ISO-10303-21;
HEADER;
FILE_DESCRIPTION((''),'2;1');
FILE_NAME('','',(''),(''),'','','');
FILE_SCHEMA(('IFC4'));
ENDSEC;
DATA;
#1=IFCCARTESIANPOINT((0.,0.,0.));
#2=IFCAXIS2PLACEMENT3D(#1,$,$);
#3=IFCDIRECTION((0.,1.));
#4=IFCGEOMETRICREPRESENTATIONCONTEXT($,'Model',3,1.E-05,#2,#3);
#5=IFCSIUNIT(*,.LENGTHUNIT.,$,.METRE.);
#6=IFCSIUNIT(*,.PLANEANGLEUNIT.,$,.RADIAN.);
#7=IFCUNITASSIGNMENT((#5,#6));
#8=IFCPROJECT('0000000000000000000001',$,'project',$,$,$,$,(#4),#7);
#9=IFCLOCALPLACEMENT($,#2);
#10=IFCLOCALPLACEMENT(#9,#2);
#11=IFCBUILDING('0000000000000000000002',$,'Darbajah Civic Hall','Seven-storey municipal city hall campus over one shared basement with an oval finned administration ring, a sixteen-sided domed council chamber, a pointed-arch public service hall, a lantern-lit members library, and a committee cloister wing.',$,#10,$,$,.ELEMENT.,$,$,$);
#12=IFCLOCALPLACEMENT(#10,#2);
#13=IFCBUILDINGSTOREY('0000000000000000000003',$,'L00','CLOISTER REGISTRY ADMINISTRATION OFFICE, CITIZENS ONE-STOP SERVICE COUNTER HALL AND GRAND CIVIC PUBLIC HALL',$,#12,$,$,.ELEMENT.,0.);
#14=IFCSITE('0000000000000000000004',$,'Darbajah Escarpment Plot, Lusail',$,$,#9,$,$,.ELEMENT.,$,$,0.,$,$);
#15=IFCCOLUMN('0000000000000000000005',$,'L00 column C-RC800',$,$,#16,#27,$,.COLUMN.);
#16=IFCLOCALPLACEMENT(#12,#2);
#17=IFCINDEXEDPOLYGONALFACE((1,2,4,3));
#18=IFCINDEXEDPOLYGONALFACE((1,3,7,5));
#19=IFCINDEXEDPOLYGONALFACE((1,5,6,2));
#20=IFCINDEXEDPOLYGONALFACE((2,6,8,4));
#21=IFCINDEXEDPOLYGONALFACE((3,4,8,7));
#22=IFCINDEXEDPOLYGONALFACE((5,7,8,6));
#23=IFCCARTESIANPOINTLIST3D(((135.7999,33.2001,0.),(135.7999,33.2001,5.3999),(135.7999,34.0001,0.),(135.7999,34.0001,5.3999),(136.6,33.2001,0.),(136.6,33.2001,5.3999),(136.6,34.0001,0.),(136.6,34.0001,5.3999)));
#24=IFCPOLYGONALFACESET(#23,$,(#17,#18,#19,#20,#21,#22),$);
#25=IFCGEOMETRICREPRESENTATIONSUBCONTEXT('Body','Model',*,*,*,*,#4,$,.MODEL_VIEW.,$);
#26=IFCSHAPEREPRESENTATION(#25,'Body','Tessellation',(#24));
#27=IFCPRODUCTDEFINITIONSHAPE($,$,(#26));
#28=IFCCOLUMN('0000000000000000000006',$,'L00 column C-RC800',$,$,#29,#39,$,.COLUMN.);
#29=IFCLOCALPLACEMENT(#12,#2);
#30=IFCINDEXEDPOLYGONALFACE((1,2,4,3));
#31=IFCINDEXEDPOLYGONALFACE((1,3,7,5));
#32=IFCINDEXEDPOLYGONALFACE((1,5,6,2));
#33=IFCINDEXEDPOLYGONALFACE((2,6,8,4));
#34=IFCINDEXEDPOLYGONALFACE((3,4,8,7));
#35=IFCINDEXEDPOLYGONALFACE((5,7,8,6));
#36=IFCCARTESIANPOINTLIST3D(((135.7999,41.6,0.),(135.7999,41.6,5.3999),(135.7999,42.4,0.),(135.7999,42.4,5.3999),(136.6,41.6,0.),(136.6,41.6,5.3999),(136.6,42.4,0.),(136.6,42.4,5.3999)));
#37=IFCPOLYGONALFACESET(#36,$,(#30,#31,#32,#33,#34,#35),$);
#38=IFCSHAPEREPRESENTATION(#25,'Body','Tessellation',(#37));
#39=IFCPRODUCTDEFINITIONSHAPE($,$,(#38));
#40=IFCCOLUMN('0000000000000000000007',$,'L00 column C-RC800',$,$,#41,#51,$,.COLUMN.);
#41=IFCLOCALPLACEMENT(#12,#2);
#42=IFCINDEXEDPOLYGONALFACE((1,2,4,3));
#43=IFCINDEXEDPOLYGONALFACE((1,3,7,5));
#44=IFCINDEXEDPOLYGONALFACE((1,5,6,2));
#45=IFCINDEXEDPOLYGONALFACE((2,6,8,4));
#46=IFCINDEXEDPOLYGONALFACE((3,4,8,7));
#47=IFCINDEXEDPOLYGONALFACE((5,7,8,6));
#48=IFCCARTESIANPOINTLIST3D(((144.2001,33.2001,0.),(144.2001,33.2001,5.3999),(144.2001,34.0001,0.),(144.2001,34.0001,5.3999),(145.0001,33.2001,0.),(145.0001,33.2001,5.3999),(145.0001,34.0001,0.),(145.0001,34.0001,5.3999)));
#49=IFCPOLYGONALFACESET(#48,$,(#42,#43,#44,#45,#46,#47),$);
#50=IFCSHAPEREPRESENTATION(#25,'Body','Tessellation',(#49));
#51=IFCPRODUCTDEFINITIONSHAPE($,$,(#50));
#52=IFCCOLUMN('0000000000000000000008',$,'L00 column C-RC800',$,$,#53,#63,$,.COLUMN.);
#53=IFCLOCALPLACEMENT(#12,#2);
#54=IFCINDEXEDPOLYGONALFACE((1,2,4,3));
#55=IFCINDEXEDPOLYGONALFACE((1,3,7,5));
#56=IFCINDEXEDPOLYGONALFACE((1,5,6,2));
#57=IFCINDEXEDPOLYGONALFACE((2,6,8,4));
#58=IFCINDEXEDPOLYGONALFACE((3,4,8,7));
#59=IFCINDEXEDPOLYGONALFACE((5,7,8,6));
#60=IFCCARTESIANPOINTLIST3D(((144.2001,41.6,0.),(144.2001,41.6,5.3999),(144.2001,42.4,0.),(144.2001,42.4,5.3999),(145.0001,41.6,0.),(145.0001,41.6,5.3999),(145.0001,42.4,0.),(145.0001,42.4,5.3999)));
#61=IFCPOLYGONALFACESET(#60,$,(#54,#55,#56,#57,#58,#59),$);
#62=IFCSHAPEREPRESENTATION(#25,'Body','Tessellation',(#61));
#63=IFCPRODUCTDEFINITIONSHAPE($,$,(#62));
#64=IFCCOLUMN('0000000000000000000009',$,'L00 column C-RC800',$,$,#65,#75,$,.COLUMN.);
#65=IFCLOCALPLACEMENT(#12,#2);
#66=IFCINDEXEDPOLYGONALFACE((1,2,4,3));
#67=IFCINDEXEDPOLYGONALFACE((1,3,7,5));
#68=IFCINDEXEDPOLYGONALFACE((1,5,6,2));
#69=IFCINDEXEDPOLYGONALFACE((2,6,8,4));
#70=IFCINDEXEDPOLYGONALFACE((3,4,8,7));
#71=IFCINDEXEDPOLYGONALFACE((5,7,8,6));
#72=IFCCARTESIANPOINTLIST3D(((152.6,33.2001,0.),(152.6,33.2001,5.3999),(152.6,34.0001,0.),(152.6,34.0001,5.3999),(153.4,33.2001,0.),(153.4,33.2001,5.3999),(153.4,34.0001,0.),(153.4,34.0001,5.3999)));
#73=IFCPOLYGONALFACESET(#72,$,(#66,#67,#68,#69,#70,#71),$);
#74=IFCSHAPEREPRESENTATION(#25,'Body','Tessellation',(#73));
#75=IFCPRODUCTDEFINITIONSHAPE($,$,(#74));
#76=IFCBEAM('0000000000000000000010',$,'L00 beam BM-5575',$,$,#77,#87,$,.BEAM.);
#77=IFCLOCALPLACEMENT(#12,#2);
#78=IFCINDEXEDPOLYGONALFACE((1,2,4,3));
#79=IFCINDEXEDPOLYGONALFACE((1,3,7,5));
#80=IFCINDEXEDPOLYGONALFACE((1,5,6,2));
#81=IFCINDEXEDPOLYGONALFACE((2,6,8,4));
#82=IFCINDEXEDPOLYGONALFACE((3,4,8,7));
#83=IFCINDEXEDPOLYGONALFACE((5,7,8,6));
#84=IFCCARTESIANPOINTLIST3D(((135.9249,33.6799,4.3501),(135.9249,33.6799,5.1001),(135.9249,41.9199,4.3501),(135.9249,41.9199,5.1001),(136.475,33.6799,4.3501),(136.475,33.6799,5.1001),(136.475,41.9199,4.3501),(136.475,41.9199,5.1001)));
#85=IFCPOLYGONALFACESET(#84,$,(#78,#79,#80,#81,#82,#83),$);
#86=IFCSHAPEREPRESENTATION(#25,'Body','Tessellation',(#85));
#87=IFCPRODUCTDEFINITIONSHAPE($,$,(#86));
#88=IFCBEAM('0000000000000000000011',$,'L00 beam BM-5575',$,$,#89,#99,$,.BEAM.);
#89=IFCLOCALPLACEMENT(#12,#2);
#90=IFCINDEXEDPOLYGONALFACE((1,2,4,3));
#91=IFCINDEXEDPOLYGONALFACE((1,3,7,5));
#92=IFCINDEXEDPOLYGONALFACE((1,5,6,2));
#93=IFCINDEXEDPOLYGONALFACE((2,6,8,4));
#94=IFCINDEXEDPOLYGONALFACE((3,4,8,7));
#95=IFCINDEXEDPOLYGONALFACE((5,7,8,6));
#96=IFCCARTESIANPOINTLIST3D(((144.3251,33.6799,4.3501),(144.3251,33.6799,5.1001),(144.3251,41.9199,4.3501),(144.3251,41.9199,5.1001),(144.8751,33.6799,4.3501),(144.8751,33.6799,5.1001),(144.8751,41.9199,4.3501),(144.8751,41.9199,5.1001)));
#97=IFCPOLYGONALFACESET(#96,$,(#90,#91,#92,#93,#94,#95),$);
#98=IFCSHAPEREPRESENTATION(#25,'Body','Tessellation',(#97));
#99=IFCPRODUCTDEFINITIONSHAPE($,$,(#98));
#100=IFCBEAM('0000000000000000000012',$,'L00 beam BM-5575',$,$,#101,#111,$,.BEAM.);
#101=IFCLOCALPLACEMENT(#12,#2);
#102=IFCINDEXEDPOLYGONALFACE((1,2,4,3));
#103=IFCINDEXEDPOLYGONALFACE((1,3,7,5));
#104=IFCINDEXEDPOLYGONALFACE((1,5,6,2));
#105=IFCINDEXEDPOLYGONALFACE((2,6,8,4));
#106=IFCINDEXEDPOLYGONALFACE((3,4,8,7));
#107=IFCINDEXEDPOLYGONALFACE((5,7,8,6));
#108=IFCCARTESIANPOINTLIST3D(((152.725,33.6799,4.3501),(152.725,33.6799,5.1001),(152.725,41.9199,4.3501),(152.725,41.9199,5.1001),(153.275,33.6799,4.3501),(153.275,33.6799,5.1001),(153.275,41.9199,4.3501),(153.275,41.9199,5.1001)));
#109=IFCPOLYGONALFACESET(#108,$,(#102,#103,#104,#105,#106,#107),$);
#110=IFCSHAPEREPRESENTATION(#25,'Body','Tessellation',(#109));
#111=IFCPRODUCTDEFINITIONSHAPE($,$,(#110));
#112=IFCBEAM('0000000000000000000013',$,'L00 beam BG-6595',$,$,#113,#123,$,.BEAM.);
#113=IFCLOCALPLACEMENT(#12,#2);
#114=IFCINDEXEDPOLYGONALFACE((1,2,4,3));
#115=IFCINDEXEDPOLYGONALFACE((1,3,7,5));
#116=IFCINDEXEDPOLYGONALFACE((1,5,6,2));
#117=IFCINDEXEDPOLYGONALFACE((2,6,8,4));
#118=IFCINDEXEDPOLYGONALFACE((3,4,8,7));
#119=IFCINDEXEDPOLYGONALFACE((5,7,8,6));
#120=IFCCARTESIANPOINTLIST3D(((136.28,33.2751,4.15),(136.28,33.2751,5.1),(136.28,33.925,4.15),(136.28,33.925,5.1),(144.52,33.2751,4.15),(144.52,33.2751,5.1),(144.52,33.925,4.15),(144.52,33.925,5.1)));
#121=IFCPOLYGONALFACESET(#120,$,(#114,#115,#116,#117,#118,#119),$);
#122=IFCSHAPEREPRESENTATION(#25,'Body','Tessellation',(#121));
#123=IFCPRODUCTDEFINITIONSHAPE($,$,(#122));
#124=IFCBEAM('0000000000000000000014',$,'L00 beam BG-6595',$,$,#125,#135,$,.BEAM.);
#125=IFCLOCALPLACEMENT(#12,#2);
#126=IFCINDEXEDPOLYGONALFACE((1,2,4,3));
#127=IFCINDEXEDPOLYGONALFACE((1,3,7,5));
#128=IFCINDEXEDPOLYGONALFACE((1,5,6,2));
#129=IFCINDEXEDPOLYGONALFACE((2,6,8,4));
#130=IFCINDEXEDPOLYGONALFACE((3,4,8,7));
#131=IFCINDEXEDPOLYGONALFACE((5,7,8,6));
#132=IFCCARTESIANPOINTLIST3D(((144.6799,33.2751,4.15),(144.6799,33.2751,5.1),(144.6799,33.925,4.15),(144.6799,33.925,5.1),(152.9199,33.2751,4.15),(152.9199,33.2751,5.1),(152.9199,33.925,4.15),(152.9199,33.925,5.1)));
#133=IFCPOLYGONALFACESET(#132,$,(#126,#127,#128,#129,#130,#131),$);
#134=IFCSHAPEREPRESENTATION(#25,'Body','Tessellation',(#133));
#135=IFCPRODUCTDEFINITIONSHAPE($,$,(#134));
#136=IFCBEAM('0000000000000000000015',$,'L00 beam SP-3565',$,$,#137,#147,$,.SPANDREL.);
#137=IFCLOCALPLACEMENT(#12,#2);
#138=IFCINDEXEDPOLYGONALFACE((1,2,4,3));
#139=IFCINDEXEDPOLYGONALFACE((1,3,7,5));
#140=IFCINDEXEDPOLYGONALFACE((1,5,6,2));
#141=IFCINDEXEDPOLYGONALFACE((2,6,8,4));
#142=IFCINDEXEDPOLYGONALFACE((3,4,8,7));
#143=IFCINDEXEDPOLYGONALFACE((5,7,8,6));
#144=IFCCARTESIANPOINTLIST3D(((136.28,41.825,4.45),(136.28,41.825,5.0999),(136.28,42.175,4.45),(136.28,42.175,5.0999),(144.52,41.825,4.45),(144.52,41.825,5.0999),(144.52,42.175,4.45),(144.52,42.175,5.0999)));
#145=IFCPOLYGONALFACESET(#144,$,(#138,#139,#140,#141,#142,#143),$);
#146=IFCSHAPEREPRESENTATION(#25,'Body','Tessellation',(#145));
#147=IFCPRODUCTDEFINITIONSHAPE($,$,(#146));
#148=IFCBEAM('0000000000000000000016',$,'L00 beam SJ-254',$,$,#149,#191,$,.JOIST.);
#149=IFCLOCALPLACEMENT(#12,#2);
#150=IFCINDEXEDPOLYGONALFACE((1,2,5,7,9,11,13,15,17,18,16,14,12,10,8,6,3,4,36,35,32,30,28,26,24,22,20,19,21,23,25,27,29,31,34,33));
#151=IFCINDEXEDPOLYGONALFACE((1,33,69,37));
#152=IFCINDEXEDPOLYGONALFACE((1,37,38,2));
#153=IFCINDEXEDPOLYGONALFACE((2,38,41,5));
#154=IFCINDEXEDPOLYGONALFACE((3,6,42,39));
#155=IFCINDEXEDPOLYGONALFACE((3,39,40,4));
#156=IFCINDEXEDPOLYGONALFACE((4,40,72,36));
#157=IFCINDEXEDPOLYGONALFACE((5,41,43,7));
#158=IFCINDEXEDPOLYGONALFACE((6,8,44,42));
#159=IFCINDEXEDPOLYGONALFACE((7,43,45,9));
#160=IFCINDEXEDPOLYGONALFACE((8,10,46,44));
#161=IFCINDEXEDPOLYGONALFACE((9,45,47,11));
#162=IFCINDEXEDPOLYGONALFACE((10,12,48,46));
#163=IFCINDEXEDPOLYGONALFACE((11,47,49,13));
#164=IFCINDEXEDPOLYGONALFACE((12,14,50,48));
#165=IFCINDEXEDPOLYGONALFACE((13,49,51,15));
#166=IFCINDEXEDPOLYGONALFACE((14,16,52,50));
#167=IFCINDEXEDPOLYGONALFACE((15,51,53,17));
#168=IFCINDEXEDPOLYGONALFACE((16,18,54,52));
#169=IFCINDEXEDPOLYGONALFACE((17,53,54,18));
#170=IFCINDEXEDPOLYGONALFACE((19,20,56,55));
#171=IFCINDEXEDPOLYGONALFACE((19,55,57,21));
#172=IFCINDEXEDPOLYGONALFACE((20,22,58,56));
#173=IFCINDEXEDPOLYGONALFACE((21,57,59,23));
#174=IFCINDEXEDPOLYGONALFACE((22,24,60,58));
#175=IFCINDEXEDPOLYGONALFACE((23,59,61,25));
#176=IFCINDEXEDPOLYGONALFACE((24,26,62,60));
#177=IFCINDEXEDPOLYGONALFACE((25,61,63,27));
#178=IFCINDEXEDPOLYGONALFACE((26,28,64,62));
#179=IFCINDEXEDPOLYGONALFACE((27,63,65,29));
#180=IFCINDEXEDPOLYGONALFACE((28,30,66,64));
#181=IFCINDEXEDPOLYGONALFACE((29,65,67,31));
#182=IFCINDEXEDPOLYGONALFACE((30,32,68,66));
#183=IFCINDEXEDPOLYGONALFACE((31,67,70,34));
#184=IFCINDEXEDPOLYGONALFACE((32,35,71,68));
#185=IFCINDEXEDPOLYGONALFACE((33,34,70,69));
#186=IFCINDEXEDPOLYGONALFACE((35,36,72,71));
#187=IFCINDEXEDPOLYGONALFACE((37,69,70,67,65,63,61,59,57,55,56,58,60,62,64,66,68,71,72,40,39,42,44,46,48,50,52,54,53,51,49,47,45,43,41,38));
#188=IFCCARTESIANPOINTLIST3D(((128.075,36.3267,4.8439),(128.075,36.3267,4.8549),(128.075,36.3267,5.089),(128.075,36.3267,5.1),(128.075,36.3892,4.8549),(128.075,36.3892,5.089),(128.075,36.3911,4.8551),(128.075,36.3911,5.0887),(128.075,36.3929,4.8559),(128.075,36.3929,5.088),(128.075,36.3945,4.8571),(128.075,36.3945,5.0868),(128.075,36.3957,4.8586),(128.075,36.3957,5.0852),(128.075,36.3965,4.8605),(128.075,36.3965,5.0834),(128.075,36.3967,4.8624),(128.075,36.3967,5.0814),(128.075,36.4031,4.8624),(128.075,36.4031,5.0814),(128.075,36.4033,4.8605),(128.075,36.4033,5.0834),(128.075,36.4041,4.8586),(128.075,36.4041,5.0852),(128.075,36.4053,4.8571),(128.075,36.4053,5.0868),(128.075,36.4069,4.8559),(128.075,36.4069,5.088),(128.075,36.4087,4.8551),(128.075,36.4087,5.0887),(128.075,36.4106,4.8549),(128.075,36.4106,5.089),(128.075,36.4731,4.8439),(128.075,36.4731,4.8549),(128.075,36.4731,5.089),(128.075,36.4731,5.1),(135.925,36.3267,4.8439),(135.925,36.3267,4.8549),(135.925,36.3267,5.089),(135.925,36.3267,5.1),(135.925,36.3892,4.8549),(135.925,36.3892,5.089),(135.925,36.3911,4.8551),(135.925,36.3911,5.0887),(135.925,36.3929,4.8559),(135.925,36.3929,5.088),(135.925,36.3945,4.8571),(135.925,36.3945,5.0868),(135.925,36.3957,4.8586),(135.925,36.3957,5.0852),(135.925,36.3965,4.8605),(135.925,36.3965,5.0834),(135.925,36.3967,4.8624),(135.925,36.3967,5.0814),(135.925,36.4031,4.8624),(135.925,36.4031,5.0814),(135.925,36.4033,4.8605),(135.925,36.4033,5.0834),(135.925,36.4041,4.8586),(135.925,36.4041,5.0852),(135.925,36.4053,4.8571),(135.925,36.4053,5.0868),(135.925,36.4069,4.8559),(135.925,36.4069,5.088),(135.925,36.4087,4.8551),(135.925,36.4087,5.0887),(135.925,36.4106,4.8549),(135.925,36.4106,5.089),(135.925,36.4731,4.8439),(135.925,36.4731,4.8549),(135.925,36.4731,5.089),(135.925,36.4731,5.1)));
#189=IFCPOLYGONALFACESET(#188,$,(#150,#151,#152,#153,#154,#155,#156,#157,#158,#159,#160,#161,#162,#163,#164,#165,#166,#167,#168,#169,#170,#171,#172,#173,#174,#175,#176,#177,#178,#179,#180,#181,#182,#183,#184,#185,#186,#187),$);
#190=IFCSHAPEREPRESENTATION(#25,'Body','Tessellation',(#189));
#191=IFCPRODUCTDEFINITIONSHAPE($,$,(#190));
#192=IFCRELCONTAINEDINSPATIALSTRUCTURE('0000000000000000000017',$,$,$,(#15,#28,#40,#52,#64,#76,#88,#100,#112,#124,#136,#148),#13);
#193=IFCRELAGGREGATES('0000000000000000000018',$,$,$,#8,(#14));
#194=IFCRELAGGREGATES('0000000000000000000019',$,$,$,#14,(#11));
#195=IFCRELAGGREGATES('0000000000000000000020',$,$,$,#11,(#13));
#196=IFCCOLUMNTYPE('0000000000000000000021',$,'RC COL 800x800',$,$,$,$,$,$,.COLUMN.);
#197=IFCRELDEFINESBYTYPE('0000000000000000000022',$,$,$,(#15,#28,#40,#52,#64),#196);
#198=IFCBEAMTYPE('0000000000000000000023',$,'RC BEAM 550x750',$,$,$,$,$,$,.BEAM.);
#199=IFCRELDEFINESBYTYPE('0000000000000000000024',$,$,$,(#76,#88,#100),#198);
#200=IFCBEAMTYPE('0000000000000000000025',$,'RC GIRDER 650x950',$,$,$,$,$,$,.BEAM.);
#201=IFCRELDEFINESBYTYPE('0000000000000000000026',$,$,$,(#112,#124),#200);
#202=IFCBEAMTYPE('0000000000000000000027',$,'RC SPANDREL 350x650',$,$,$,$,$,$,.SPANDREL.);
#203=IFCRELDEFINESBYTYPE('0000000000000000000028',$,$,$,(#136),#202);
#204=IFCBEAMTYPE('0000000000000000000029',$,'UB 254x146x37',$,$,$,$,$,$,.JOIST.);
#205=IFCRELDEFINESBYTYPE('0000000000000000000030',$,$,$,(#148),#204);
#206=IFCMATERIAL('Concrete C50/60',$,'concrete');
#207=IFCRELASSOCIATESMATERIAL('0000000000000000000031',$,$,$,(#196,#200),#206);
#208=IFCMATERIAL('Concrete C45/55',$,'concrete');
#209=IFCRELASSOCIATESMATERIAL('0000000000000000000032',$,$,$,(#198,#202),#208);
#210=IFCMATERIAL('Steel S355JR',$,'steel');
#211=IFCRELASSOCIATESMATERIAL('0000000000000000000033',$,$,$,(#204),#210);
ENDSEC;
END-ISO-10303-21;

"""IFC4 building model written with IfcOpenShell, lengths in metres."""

from ifc_helpers import new_model, si_unit, direction, frame, origin, origin_2d, place, context, subcontext, project, spatial, rectangle, i_section, extrude, material, material_profile, profile_set, type_object, element, save


model = new_model("IFC4")

# Units and contexts
model_context = context("Model", 3, precision=1e-05, world=origin(), true_north=direction((0.0, 1.0)))
body_context = subcontext(model_context, "Body", "Model", "MODEL_VIEW")
ifc_project = project(units=[si_unit("LENGTHUNIT", "METRE"), si_unit("PLANEANGLEUNIT", "RADIAN")], contexts=[model_context])

# Site, building, storey
site_placement = place(None, origin())
site = spatial("IfcSite", under=ifc_project, at=site_placement, Name="Darbajah Escarpment Plot, Lusail", CompositionType="ELEMENT", RefElevation=0.0)
building_placement = place(site_placement, origin())
building = spatial("IfcBuilding", under=site, at=building_placement, Name="Darbajah Civic Hall", Description="Seven-storey municipal city hall campus over one shared basement with an oval finned administration ring, a sixteen-sided domed council chamber, a pointed-arch public service hall, a lantern-lit members library, and a committee cloister wing.", CompositionType="ELEMENT")
storey_placement = place(building_placement, origin())
storey = spatial("IfcBuildingStorey", under=building, at=storey_placement, Name="L00", Description="CLOISTER REGISTRY ADMINISTRATION OFFICE, CITIZENS ONE-STOP SERVICE COUNTER HALL AND GRAND CIVIC PUBLIC HALL", CompositionType="ELEMENT", Elevation=0.0)

# Columns
ifc_material_1 = material(Name="Concrete C50/60", Category="concrete")
ifc_material_profile_1 = material_profile(ifc_material_1, rectangle(XDim=0.8, YDim=0.8, at=origin_2d()), Name="RC COL 800x800")
ifc_profile_set_1 = profile_set([ifc_material_profile_1], Name="Concrete C50/60")
column_type = type_object("IfcColumnType", Name="RC COL 800x800", PredefinedType="COLUMN", material=ifc_profile_set_1)
for number, where, z_axis, x_axis, name in (
    (1, (136.2, 33.6001, 0.0), (0.0, 0.0, 1.0), (1.0, 0.0, 0.0), "L00 column C-RC800"),
    (2, (136.2, 42.0, 0.0), (0.0, 0.0, 1.0), (1.0, 0.0, 0.0), "L00 column C-RC800"),
    (3, (144.6001, 33.6001, 0.0), (0.0, 0.0, 1.0), (1.0, 0.0, 0.0), "L00 column C-RC800"),
    (4, (144.6001, 42.0, 0.0), (0.0, 0.0, 1.0), (1.0, 0.0, 0.0), "L00 column C-RC800"),
    (5, (153.0, 33.6001, 0.0), (0.0, 0.0, 1.0), (1.0, 0.0, 0.0), "L00 column C-RC800"),
):
    element("IfcColumn", number, at=place(storey_placement, frame(where, z_axis=z_axis, x_axis=x_axis)), inside=storey, type_object=column_type, Name=name, PredefinedType="COLUMN", context=body_context, shape_type="SweptSolid", body=[
        extrude(rectangle(XDim=0.8, YDim=0.8, at=origin_2d()), origin(), (0.0, 0.0, 1.0), 5.3999),
    ])

# Beams
ifc_material_2 = material(Name="Concrete C45/55", Category="concrete")
ifc_material_profile_2 = material_profile(ifc_material_2, rectangle(XDim=0.55, YDim=0.75, at=origin_2d()), Name="RC BEAM 550x750")
ifc_profile_set_2 = profile_set([ifc_material_profile_2], Name="Concrete C45/55")
beam_type_1 = type_object("IfcBeamType", Name="RC BEAM 550x750", PredefinedType="BEAM", material=ifc_profile_set_2)
for number, where, z_axis, x_axis, name in (
    (6, (136.2, 33.6799, 4.7251), (0.0, 1.0, 0.0), (-1.0, 0.0, 0.0), "L00 beam BM-5575"),
    (7, (144.6001, 33.6799, 4.7251), (0.0, 1.0, 0.0), (-1.0, 0.0, 0.0), "L00 beam BM-5575"),
    (8, (153.0, 33.6799, 4.7251), (0.0, 1.0, 0.0), (-1.0, 0.0, 0.0), "L00 beam BM-5575"),
):
    element("IfcBeam", number, at=place(storey_placement, frame(where, z_axis=z_axis, x_axis=x_axis)), inside=storey, type_object=beam_type_1, Name=name, PredefinedType="BEAM", context=body_context, shape_type="SweptSolid", body=[
        extrude(rectangle(XDim=0.55, YDim=0.75, at=origin_2d()), origin(), (0.0, 0.0, 1.0), 8.24),
    ])
ifc_material_profile_3 = material_profile(ifc_material_1, rectangle(XDim=0.6499, YDim=0.95, at=origin_2d()), Name="RC GIRDER 650x950")
ifc_profile_set_3 = profile_set([ifc_material_profile_3], Name="Concrete C50/60")
beam_type_2 = type_object("IfcBeamType", Name="RC GIRDER 650x950", PredefinedType="BEAM", material=ifc_profile_set_3)
for number, where, z_axis, x_axis, name in (
    (9, (136.28, 33.6001, 4.625), (1.0, 0.0, 0.0), (0.0, 1.0, 0.0), "L00 beam BG-6595"),
    (10, (144.6799, 33.6001, 4.625), (1.0, 0.0, 0.0), (0.0, 1.0, 0.0), "L00 beam BG-6595"),
):
    element("IfcBeam", number, at=place(storey_placement, frame(where, z_axis=z_axis, x_axis=x_axis)), inside=storey, type_object=beam_type_2, Name=name, PredefinedType="BEAM", context=body_context, shape_type="SweptSolid", body=[
        extrude(rectangle(XDim=0.6499, YDim=0.95, at=origin_2d()), origin(), (0.0, 0.0, 1.0), 8.24),
    ])
ifc_material_profile_4 = material_profile(ifc_material_2, rectangle(XDim=0.3501, YDim=0.6499, at=origin_2d()), Name="RC SPANDREL 350x650")
ifc_profile_set_4 = profile_set([ifc_material_profile_4], Name="Concrete C45/55")
beam_type_3 = type_object("IfcBeamType", Name="RC SPANDREL 350x650", PredefinedType="SPANDREL", material=ifc_profile_set_4)
beam_placement = place(storey_placement, frame((136.28, 42.0, 4.7749), z_axis=(1.0, 0.0, 0.0), x_axis=(0.0, 1.0, 0.0)))
element("IfcBeam", 11, at=beam_placement, inside=storey, type_object=beam_type_3, Name="L00 beam SP-3565", PredefinedType="SPANDREL", context=body_context, shape_type="SweptSolid", body=[
    extrude(rectangle(XDim=0.3501, YDim=0.6499, at=origin_2d()), origin(), (0.0, 0.0, 1.0), 8.24),
])
ifc_material_3 = material(Name="Steel S355JR", Category="steel")
ifc_material_profile_5 = material_profile(ifc_material_3, i_section(OverallWidth=0.1465, OverallDepth=0.2561, WebThickness=0.0063, FlangeThickness=0.011, FilletRadius=0.0076, at=origin_2d()), Name="UB 254x146x37")
ifc_profile_set_5 = profile_set([ifc_material_profile_5], Name="Steel S355JR")
beam_type_4 = type_object("IfcBeamType", Name="UB 254x146x37", PredefinedType="JOIST", material=ifc_profile_set_5)
for number, where, z_axis, x_axis, name in (
    (12, (128.075, 36.3999, 4.9719), (1.0, 0.0, 0.0), (0.0, 1.0, 0.0), "L00 beam SJ-254"),
):
    element("IfcBeam", number, at=place(storey_placement, frame(where, z_axis=z_axis, x_axis=x_axis)), inside=storey, type_object=beam_type_4, Name=name, PredefinedType="JOIST", context=body_context, shape_type="SweptSolid", body=[
        extrude(i_section(OverallWidth=0.1465, OverallDepth=0.2561, WebThickness=0.0063, FlangeThickness=0.011, FilletRadius=0.0076, at=origin_2d()), origin(), (0.0, 0.0, 1.0), 7.8501),
    ])

save(model, "model.ifc")
